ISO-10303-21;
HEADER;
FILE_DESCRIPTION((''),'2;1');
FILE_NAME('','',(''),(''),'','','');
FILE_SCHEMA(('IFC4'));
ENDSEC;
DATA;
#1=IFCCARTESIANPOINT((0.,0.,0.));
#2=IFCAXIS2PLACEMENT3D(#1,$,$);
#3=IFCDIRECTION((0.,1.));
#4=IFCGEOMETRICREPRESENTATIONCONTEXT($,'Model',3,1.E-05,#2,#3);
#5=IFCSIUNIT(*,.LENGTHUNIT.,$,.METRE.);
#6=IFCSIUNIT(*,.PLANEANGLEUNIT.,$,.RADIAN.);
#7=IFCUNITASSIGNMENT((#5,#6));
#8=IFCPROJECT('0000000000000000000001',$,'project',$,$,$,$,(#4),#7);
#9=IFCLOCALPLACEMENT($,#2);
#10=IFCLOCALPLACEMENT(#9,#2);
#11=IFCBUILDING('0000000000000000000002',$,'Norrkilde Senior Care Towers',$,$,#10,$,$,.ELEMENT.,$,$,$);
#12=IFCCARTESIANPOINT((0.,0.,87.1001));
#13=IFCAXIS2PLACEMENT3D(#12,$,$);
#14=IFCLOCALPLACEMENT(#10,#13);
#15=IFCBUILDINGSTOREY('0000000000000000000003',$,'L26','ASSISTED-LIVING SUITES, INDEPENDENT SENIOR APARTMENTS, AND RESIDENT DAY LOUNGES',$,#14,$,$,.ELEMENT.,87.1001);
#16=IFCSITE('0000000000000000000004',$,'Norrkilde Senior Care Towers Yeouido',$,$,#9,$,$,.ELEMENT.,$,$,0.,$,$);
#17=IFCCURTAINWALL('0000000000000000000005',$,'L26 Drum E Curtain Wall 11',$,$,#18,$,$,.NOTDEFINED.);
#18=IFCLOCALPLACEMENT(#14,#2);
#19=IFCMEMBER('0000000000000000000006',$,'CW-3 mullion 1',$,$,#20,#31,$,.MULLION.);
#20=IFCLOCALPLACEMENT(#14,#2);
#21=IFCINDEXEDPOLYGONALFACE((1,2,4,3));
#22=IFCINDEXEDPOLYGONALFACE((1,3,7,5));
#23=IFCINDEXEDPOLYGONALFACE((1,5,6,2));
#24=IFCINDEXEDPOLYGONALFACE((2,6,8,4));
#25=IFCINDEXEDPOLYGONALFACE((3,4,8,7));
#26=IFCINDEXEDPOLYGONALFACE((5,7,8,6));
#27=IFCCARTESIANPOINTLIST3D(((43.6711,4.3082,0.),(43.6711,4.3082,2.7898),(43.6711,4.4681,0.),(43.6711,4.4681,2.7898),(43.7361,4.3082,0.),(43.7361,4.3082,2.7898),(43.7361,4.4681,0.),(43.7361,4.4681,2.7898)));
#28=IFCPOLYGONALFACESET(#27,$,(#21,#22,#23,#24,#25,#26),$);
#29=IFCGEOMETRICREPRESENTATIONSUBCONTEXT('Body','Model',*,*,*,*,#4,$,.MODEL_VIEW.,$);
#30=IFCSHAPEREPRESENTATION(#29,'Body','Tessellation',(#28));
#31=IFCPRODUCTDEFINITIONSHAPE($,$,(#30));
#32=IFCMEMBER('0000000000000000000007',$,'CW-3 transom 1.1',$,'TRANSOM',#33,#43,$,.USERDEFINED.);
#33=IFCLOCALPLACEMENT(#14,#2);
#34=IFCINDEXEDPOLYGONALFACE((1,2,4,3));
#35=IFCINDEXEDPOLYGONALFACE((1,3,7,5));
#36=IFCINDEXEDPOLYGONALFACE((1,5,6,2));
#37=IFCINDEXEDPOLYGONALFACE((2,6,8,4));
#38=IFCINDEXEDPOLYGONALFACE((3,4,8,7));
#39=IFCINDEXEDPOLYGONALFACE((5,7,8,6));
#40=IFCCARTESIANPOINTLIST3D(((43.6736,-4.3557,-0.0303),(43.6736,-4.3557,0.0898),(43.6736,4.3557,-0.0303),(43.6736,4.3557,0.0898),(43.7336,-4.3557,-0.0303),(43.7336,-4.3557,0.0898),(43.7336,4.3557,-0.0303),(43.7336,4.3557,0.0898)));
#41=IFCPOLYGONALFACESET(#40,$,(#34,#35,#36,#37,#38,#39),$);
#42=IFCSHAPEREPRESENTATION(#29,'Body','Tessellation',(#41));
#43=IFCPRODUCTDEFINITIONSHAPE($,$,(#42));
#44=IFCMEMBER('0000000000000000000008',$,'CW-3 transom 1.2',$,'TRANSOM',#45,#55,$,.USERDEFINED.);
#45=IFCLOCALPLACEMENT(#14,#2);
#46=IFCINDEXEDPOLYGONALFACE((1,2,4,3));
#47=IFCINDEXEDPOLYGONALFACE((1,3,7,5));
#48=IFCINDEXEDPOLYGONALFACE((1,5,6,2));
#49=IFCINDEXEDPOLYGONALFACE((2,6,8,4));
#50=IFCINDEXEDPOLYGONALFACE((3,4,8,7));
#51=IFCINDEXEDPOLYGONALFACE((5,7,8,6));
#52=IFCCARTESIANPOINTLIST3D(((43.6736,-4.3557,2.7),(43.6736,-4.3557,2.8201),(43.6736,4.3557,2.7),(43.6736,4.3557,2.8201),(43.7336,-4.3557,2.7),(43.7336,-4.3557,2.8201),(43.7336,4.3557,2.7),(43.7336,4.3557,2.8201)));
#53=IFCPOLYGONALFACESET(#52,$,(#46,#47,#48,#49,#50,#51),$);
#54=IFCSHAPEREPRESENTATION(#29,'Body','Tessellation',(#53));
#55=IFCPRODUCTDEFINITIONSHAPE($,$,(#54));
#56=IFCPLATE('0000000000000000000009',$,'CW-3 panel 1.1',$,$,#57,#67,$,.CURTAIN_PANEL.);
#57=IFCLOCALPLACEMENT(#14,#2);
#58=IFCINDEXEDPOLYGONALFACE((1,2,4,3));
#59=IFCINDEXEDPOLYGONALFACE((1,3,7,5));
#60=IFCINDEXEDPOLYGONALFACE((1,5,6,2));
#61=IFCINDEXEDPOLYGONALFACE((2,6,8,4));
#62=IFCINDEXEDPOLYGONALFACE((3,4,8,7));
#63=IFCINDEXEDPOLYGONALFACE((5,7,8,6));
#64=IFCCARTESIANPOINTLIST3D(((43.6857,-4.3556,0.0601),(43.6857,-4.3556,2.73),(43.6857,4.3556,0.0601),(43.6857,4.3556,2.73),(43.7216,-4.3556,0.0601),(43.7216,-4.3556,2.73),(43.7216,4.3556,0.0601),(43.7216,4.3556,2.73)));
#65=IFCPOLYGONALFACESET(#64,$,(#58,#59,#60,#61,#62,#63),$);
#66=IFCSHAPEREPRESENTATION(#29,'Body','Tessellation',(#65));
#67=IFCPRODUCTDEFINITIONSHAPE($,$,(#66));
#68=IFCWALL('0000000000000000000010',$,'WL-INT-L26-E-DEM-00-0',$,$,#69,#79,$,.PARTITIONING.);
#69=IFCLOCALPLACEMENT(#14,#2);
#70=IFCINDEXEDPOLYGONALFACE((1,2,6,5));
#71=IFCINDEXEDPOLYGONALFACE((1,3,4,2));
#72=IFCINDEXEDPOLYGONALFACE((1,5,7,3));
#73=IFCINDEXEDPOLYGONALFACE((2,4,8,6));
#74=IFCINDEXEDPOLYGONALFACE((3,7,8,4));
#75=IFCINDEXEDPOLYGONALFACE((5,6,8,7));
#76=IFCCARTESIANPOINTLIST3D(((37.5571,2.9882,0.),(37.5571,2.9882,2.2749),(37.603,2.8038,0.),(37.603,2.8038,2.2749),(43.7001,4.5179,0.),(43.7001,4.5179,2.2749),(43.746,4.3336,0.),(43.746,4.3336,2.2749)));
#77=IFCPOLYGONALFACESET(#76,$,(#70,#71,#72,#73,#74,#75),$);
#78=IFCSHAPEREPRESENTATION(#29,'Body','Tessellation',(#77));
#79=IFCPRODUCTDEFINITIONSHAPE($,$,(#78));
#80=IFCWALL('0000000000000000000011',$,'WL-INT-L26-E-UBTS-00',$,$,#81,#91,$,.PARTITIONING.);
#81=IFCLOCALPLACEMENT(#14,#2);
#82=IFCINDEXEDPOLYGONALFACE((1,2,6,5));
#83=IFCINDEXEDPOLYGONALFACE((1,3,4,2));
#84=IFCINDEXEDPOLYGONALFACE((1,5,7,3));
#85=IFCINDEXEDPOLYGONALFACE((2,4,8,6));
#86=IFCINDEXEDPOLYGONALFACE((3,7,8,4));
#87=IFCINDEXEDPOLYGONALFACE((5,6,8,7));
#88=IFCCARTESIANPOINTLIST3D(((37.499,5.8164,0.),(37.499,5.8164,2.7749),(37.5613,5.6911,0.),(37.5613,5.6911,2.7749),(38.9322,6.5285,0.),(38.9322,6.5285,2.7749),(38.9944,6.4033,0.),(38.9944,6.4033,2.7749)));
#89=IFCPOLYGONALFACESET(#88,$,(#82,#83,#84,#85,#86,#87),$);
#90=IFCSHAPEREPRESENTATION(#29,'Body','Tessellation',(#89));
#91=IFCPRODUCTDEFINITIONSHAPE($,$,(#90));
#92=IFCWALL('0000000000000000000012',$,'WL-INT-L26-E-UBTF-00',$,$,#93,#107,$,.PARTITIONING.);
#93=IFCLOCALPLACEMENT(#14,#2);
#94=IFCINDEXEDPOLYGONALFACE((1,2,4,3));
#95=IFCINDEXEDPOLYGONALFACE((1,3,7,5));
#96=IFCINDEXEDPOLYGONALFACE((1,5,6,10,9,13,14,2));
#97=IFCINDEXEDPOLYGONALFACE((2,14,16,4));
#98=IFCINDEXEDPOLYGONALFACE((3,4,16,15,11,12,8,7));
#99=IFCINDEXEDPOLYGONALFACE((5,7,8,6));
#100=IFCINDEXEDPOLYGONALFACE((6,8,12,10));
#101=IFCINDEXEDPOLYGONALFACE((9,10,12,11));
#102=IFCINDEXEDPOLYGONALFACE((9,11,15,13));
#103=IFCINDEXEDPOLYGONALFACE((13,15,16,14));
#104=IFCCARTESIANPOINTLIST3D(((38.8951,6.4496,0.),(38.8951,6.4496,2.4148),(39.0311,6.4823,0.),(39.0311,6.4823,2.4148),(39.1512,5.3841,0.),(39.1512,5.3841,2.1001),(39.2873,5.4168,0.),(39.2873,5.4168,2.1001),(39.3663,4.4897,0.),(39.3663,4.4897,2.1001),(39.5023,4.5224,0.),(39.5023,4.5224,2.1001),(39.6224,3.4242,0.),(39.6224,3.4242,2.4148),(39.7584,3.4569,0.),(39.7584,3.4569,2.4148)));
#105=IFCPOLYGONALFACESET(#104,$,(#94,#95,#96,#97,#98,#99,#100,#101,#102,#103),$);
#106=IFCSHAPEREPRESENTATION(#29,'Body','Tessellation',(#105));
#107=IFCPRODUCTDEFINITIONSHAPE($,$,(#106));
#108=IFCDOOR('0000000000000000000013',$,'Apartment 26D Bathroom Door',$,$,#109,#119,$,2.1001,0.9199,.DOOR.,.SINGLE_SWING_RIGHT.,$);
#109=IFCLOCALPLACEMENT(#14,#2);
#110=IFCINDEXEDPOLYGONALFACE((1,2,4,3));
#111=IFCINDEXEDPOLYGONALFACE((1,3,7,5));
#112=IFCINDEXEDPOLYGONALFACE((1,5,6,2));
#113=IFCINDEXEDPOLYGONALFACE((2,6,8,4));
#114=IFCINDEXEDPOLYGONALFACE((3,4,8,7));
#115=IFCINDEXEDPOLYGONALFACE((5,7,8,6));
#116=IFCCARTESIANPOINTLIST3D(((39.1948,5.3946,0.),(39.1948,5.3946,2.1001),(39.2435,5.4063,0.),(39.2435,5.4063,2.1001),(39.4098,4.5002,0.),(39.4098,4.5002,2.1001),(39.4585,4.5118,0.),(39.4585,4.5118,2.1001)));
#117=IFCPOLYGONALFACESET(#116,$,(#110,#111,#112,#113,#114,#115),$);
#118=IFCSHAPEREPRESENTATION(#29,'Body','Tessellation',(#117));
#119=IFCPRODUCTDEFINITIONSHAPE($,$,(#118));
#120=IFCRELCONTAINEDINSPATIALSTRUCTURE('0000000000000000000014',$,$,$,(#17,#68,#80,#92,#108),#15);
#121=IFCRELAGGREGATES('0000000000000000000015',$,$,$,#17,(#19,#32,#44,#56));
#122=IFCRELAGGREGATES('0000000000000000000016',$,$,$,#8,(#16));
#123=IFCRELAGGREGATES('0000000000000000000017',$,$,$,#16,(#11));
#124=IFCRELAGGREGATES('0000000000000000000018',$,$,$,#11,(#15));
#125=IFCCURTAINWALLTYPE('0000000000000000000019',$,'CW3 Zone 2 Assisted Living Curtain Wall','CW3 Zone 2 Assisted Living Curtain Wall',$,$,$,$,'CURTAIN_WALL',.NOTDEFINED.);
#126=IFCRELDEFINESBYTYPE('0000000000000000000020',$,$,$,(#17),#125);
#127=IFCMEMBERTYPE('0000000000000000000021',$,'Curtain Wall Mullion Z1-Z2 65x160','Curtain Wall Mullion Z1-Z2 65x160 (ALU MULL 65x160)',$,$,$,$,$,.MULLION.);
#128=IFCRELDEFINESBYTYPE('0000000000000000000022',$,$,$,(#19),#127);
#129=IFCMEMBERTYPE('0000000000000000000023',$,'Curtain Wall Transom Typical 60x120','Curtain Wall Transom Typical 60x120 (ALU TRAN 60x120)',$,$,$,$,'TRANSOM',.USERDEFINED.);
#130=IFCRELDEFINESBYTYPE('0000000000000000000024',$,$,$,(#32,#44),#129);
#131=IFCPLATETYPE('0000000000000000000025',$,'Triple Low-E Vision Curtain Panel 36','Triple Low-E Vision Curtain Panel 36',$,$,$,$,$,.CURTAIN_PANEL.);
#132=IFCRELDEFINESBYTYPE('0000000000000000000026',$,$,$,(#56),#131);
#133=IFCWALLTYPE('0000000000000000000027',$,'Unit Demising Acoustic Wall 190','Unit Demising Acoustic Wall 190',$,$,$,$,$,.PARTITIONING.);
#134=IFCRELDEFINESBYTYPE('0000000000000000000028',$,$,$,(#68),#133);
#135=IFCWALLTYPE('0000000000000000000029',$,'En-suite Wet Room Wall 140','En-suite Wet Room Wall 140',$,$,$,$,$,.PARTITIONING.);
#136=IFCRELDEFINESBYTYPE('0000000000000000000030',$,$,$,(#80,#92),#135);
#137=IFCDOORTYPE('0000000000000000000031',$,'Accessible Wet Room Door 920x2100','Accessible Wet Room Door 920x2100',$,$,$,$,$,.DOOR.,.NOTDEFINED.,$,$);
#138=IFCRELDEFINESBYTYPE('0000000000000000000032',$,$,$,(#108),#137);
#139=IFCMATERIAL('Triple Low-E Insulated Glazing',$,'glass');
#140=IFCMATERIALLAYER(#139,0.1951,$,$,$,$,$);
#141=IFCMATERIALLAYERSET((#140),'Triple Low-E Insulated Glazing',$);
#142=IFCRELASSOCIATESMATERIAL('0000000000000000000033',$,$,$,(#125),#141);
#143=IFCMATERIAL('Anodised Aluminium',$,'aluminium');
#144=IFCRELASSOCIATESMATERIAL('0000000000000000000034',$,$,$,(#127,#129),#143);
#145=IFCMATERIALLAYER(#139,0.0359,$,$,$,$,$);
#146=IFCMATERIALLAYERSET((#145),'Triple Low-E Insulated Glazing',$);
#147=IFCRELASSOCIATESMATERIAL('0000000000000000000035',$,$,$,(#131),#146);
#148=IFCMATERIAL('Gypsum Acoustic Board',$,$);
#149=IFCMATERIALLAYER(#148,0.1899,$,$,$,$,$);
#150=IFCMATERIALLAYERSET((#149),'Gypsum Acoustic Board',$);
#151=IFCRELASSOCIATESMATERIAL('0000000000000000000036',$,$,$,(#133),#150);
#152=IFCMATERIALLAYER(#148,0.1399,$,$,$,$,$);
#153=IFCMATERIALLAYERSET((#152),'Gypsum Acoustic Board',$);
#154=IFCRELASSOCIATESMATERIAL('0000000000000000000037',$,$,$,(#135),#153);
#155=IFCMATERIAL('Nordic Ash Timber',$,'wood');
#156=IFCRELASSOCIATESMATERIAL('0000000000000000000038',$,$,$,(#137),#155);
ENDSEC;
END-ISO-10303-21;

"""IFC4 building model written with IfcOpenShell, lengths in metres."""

from ifc_helpers import new_model, si_unit, direction, frame, frame_2d, origin, origin_2d, place, context, subcontext, project, spatial, rectangle, extrude, source, transform, mapped, material, layer, layer_set, material_profile, profile_set, type_object, type_shapes, element, fill, aggregate, save


model = new_model("IFC4")

# Units and contexts
model_context = context("Model", 3, precision=1e-05, world=origin(), true_north=direction((0.0, 1.0)))
body_context = subcontext(model_context, "Body", "Model", "MODEL_VIEW")
ifc_project = project(units=[si_unit("LENGTHUNIT", "METRE"), si_unit("PLANEANGLEUNIT", "RADIAN")], contexts=[model_context])

# Site, building, storey
site_placement = place(None, origin())
site = spatial("IfcSite", under=ifc_project, at=site_placement, Name="Norrkilde Senior Care Towers Yeouido", CompositionType="ELEMENT", RefElevation=0.0)
building_placement = place(site_placement, origin())
building = spatial("IfcBuilding", under=site, at=building_placement, Name="Norrkilde Senior Care Towers", CompositionType="ELEMENT")
storey_placement = place(building_placement, frame((0.0, 0.0, 87.1001)))
storey = spatial("IfcBuildingStorey", under=building, at=storey_placement, Name="L26", Description="ASSISTED-LIVING SUITES, INDEPENDENT SENIOR APARTMENTS, AND RESIDENT DAY LOUNGES", CompositionType="ELEMENT", Elevation=87.1001)

# Shared definitions
ifc_material_1 = material(Name="Triple Low-E Insulated Glazing", Category="glass")
ifc_layer_1 = layer(ifc_material_1, 0.1951)
ifc_layer_set_1 = layer_set([ifc_layer_1], Name="Triple Low-E Insulated Glazing")
curtain_wall_type = type_object("IfcCurtainWallType", Name="CW3 Zone 2 Assisted Living Curtain Wall", Description="CW3 Zone 2 Assisted Living Curtain Wall", ElementType="CURTAIN_WALL", PredefinedType="NOTDEFINED", material=ifc_layer_set_1)
ifc_material_2 = material(Name="Anodised Aluminium", Category="aluminium")
ifc_material_profile_1 = material_profile(ifc_material_2, rectangle(XDim=0.0649, YDim=0.1599, at=origin_2d()), Name="ALU MULL 65x160")
ifc_profile_set_1 = profile_set([ifc_material_profile_1], Name="Anodised Aluminium")
member_type_1 = type_object("IfcMemberType", Name="Curtain Wall Mullion Z1-Z2 65x160", Description="Curtain Wall Mullion Z1-Z2 65x160 (ALU MULL 65x160)", PredefinedType="MULLION", material=ifc_profile_set_1)
shared_shape_1 = source(origin(), body_context, "Body", "SweptSolid", [
    extrude(rectangle(XDim=0.0649, YDim=0.1599, at=origin_2d()), origin(), (0.0, 0.0, 1.0), 2.7898),
])
type_shapes(member_type_1, [shared_shape_1])

# Curtain wall, members, plate
curtain_wall_1_placement = place(storey_placement, origin())
curtain_wall_1 = element("IfcCurtainWall", 1, at=curtain_wall_1_placement, inside=storey, type_object=curtain_wall_type, Name="L26 Drum E Curtain Wall 11", PredefinedType="NOTDEFINED")
member_1_placement = place(storey_placement, frame((43.7036, 4.3882, 0.0), z_axis=(0.0, 0.0, 1.0), x_axis=(1.0, 0.0, 0.0)))
member_1 = element("IfcMember", 2, at=member_1_placement, type_object=member_type_1, Name="CW-3 mullion 1", PredefinedType="MULLION", context=body_context, shape_type="MappedRepresentation", body=[
    mapped(shared_shape_1, transform((0.0, 0.0, 0.0), x_axis=(1.0, 0.0, 0.0), y_axis=(0.0, 1.0, 0.0), z_axis=(0.0, 0.0, 1.0), scale=1.0)),
])
ifc_material_profile_2 = material_profile(ifc_material_2, rectangle(XDim=0.0601, YDim=0.1201, at=origin_2d()), Name="ALU TRAN 60x120")
ifc_profile_set_2 = profile_set([ifc_material_profile_2], Name="Anodised Aluminium")
member_type_2 = type_object("IfcMemberType", Name="Curtain Wall Transom Typical 60x120", Description="Curtain Wall Transom Typical 60x120 (ALU TRAN 60x120)", ElementType="TRANSOM", PredefinedType="USERDEFINED", material=ifc_profile_set_2)
shared_shape_2 = source(origin(), body_context, "Body", "SweptSolid", [
    extrude(rectangle(XDim=0.0601, YDim=0.1201, at=origin_2d()), origin(), (0.0, 0.0, 1.0), 8.7114),
])
type_shapes(member_type_2, [shared_shape_2])
member_2_placement = place(storey_placement, frame((43.7036, 4.3557, 0.0298), z_axis=(0.0, -1.0, 0.0), x_axis=(1.0, 0.0, 0.0)))
member_2 = element("IfcMember", 3, at=member_2_placement, type_object=member_type_2, Name="CW-3 transom 1.1", ObjectType="TRANSOM", PredefinedType="USERDEFINED", context=body_context, shape_type="MappedRepresentation", body=[
    mapped(shared_shape_2, transform((0.0, 0.0, 0.0), x_axis=(1.0, 0.0, 0.0), y_axis=(0.0, 1.0, 0.0), z_axis=(0.0, 0.0, 1.0), scale=1.0)),
])
member_3_placement = place(storey_placement, frame((43.7036, 4.3557, 2.76), z_axis=(0.0, -1.0, 0.0), x_axis=(1.0, 0.0, 0.0)))
member_3 = element("IfcMember", 4, at=member_3_placement, type_object=member_type_2, Name="CW-3 transom 1.2", ObjectType="TRANSOM", PredefinedType="USERDEFINED", context=body_context, shape_type="MappedRepresentation", body=[
    mapped(shared_shape_2, transform((0.0, 0.0, 0.0), x_axis=(1.0, 0.0, 0.0), y_axis=(0.0, 1.0, 0.0), z_axis=(0.0, 0.0, 1.0), scale=1.0)),
])
ifc_layer_2 = layer(ifc_material_1, 0.0359)
ifc_layer_set_2 = layer_set([ifc_layer_2], Name="Triple Low-E Insulated Glazing")
plate_type = type_object("IfcPlateType", Name="Triple Low-E Vision Curtain Panel 36", Description="Triple Low-E Vision Curtain Panel 36", PredefinedType="CURTAIN_PANEL", material=ifc_layer_set_2)
shared_shape_3 = source(origin(), body_context, "Body", "SweptSolid", [
    extrude(rectangle(XDim=8.7112, YDim=0.0359, at=origin_2d()), origin(), (0.0, 0.0, 1.0), 2.6699),
])
type_shapes(plate_type, [shared_shape_3])
plate_placement = place(storey_placement, frame((43.7036, 0.0, 0.0601), z_axis=(0.0, 0.0, 1.0), x_axis=(0.0, -1.0, 0.0)))
plate = element("IfcPlate", 5, at=plate_placement, type_object=plate_type, Name="CW-3 panel 1.1", PredefinedType="CURTAIN_PANEL", context=body_context, shape_type="MappedRepresentation", body=[
    mapped(shared_shape_3, transform((0.0, 0.0, 0.0), x_axis=(1.0, 0.0, 0.0), y_axis=(0.0, 1.0, 0.0), z_axis=(0.0, 0.0, 1.0), scale=1.0)),
])
aggregate(curtain_wall_1, [member_1, member_2, member_3, plate])

# Walls
ifc_material_3 = material(Name="Gypsum Acoustic Board")
ifc_layer_3 = layer(ifc_material_3, 0.1899)
ifc_layer_set_3 = layer_set([ifc_layer_3], Name="Gypsum Acoustic Board")
wall_type_1 = type_object("IfcWallType", Name="Unit Demising Acoustic Wall 190", Description="Unit Demising Acoustic Wall 190", PredefinedType="PARTITIONING", material=ifc_layer_set_3)
shared_shape_4 = source(origin(), body_context, "Body", "SweptSolid", [
    extrude(rectangle(XDim=6.3306, YDim=0.1899, at=frame_2d((3.1653, 0.0))), origin(), (0.0, 0.0, 1.0), 2.2749),
])
type_shapes(wall_type_1, [shared_shape_4])
wall_1_placement = place(storey_placement, frame((37.5801, 2.896, 0.0), z_axis=(0.0, 0.0, 1.0), x_axis=(0.970364, 0.241646, 0.0)))
element("IfcWall", 6, at=wall_1_placement, inside=storey, type_object=wall_type_1, Name="WL-INT-L26-E-DEM-00-0", PredefinedType="PARTITIONING", context=body_context, shape_type="MappedRepresentation", body=[
    mapped(shared_shape_4, transform((0.0, 0.0, 0.0), x_axis=(1.0, 0.0, 0.0), y_axis=(0.0, 1.0, 0.0), z_axis=(0.0, 0.0, 1.0), scale=1.0)),
])
ifc_layer_4 = layer(ifc_material_3, 0.1399)
ifc_layer_set_4 = layer_set([ifc_layer_4], Name="Gypsum Acoustic Board")
wall_type_2 = type_object("IfcWallType", Name="En-suite Wet Room Wall 140", Description="En-suite Wet Room Wall 140", PredefinedType="PARTITIONING", material=ifc_layer_set_4)
shared_shape_5 = source(origin(), body_context, "Body", "SweptSolid", [
    extrude(rectangle(XDim=1.6003, YDim=0.1399, at=frame_2d((0.8003, 0.0))), origin(), (0.0, 0.0, 1.0), 2.7749),
])
wall_2_placement = place(storey_placement, frame((37.53, 5.7537, 0.0), z_axis=(0.0, 0.0, 1.0), x_axis=(0.895523, 0.445015, 0.0)))
element("IfcWall", 7, at=wall_2_placement, inside=storey, type_object=wall_type_2, Name="WL-INT-L26-E-UBTS-00", PredefinedType="PARTITIONING", context=body_context, shape_type="MappedRepresentation", body=[
    mapped(shared_shape_5, transform((0.0, 0.0, 0.0), x_axis=(1.0, 0.0, 0.0), y_axis=(0.0, 1.0, 0.0), z_axis=(0.0, 0.0, 1.0), scale=1.0)),
])

# Wall, opening, door
shared_shape_6 = source(origin(), body_context, "Body", "SweptSolid", [
    extrude(rectangle(XDim=3.1116, YDim=0.1399, at=frame_2d((1.5557, 0.0))), origin(), (0.0, 0.0, 1.0), 2.4148),
])
type_shapes(wall_type_2, [shared_shape_5, shared_shape_6])
wall_3_placement = place(storey_placement, frame((38.9631, 6.4658, 0.0), z_axis=(0.0, 0.0, 1.0), x_axis=(0.233738, -0.9723, 0.0)))
wall_3 = element("IfcWall", 8, at=wall_3_placement, inside=storey, type_object=wall_type_2, Name="WL-INT-L26-E-UBTF-00", PredefinedType="PARTITIONING", context=body_context, shape_type="MappedRepresentation", body=[
    mapped(shared_shape_6, transform((0.0, 0.0, 0.0), x_axis=(1.0, 0.0, 0.0), y_axis=(0.0, 1.0, 0.0), z_axis=(0.0, 0.0, 1.0), scale=1.0)),
])
opening_placement = place(wall_3_placement, frame((1.0957, 0.0, 0.0)))
opening = element("IfcOpeningElement", 9, at=opening_placement, cuts=wall_3, PredefinedType="OPENING", context=body_context, shape_type="SweptSolid", body=[
    extrude(rectangle(XDim=0.9199, YDim=2.1001, at=frame_2d((0.46, 1.05))), frame((0.0, 0.0798, 0.0), z_axis=(0.0, -1.0, 0.0), x_axis=(1.0, 0.0, 0.0)), (0.0, 0.0, 1.0), 0.1599),
])
ifc_material_4 = material(Name="Nordic Ash Timber", Category="wood")
door_type = type_object("IfcDoorType", Name="Accessible Wet Room Door 920x2100", Description="Accessible Wet Room Door 920x2100", OperationType="NOTDEFINED", PredefinedType="DOOR", material=ifc_material_4)
shared_shape_7 = source(origin(), body_context, "Body", "SweptSolid", [
    extrude(rectangle(XDim=0.9199, YDim=2.1001, at=frame_2d((0.46, 1.05))), frame((0.0, 0.0249, 0.0), z_axis=(0.0, -1.0, 0.0), x_axis=(1.0, 0.0, 0.0)), (0.0, 0.0, 1.0), 0.05),
])
type_shapes(door_type, [shared_shape_7])
door_placement = place(opening_placement, origin())
door = element("IfcDoor", 10, at=door_placement, inside=storey, type_object=door_type, Name="Apartment 26D Bathroom Door", OperationType="SINGLE_SWING_RIGHT", OverallHeight=2.1001, OverallWidth=0.9199, PredefinedType="DOOR", context=body_context, shape_type="MappedRepresentation", body=[
    mapped(shared_shape_7, transform((0.0, 0.0, 0.0), x_axis=(1.0, 0.0, 0.0), y_axis=(0.0, 1.0, 0.0), z_axis=(0.0, 0.0, 1.0), scale=1.0)),
])
fill(opening, door)

save(model, "model.ifc")
